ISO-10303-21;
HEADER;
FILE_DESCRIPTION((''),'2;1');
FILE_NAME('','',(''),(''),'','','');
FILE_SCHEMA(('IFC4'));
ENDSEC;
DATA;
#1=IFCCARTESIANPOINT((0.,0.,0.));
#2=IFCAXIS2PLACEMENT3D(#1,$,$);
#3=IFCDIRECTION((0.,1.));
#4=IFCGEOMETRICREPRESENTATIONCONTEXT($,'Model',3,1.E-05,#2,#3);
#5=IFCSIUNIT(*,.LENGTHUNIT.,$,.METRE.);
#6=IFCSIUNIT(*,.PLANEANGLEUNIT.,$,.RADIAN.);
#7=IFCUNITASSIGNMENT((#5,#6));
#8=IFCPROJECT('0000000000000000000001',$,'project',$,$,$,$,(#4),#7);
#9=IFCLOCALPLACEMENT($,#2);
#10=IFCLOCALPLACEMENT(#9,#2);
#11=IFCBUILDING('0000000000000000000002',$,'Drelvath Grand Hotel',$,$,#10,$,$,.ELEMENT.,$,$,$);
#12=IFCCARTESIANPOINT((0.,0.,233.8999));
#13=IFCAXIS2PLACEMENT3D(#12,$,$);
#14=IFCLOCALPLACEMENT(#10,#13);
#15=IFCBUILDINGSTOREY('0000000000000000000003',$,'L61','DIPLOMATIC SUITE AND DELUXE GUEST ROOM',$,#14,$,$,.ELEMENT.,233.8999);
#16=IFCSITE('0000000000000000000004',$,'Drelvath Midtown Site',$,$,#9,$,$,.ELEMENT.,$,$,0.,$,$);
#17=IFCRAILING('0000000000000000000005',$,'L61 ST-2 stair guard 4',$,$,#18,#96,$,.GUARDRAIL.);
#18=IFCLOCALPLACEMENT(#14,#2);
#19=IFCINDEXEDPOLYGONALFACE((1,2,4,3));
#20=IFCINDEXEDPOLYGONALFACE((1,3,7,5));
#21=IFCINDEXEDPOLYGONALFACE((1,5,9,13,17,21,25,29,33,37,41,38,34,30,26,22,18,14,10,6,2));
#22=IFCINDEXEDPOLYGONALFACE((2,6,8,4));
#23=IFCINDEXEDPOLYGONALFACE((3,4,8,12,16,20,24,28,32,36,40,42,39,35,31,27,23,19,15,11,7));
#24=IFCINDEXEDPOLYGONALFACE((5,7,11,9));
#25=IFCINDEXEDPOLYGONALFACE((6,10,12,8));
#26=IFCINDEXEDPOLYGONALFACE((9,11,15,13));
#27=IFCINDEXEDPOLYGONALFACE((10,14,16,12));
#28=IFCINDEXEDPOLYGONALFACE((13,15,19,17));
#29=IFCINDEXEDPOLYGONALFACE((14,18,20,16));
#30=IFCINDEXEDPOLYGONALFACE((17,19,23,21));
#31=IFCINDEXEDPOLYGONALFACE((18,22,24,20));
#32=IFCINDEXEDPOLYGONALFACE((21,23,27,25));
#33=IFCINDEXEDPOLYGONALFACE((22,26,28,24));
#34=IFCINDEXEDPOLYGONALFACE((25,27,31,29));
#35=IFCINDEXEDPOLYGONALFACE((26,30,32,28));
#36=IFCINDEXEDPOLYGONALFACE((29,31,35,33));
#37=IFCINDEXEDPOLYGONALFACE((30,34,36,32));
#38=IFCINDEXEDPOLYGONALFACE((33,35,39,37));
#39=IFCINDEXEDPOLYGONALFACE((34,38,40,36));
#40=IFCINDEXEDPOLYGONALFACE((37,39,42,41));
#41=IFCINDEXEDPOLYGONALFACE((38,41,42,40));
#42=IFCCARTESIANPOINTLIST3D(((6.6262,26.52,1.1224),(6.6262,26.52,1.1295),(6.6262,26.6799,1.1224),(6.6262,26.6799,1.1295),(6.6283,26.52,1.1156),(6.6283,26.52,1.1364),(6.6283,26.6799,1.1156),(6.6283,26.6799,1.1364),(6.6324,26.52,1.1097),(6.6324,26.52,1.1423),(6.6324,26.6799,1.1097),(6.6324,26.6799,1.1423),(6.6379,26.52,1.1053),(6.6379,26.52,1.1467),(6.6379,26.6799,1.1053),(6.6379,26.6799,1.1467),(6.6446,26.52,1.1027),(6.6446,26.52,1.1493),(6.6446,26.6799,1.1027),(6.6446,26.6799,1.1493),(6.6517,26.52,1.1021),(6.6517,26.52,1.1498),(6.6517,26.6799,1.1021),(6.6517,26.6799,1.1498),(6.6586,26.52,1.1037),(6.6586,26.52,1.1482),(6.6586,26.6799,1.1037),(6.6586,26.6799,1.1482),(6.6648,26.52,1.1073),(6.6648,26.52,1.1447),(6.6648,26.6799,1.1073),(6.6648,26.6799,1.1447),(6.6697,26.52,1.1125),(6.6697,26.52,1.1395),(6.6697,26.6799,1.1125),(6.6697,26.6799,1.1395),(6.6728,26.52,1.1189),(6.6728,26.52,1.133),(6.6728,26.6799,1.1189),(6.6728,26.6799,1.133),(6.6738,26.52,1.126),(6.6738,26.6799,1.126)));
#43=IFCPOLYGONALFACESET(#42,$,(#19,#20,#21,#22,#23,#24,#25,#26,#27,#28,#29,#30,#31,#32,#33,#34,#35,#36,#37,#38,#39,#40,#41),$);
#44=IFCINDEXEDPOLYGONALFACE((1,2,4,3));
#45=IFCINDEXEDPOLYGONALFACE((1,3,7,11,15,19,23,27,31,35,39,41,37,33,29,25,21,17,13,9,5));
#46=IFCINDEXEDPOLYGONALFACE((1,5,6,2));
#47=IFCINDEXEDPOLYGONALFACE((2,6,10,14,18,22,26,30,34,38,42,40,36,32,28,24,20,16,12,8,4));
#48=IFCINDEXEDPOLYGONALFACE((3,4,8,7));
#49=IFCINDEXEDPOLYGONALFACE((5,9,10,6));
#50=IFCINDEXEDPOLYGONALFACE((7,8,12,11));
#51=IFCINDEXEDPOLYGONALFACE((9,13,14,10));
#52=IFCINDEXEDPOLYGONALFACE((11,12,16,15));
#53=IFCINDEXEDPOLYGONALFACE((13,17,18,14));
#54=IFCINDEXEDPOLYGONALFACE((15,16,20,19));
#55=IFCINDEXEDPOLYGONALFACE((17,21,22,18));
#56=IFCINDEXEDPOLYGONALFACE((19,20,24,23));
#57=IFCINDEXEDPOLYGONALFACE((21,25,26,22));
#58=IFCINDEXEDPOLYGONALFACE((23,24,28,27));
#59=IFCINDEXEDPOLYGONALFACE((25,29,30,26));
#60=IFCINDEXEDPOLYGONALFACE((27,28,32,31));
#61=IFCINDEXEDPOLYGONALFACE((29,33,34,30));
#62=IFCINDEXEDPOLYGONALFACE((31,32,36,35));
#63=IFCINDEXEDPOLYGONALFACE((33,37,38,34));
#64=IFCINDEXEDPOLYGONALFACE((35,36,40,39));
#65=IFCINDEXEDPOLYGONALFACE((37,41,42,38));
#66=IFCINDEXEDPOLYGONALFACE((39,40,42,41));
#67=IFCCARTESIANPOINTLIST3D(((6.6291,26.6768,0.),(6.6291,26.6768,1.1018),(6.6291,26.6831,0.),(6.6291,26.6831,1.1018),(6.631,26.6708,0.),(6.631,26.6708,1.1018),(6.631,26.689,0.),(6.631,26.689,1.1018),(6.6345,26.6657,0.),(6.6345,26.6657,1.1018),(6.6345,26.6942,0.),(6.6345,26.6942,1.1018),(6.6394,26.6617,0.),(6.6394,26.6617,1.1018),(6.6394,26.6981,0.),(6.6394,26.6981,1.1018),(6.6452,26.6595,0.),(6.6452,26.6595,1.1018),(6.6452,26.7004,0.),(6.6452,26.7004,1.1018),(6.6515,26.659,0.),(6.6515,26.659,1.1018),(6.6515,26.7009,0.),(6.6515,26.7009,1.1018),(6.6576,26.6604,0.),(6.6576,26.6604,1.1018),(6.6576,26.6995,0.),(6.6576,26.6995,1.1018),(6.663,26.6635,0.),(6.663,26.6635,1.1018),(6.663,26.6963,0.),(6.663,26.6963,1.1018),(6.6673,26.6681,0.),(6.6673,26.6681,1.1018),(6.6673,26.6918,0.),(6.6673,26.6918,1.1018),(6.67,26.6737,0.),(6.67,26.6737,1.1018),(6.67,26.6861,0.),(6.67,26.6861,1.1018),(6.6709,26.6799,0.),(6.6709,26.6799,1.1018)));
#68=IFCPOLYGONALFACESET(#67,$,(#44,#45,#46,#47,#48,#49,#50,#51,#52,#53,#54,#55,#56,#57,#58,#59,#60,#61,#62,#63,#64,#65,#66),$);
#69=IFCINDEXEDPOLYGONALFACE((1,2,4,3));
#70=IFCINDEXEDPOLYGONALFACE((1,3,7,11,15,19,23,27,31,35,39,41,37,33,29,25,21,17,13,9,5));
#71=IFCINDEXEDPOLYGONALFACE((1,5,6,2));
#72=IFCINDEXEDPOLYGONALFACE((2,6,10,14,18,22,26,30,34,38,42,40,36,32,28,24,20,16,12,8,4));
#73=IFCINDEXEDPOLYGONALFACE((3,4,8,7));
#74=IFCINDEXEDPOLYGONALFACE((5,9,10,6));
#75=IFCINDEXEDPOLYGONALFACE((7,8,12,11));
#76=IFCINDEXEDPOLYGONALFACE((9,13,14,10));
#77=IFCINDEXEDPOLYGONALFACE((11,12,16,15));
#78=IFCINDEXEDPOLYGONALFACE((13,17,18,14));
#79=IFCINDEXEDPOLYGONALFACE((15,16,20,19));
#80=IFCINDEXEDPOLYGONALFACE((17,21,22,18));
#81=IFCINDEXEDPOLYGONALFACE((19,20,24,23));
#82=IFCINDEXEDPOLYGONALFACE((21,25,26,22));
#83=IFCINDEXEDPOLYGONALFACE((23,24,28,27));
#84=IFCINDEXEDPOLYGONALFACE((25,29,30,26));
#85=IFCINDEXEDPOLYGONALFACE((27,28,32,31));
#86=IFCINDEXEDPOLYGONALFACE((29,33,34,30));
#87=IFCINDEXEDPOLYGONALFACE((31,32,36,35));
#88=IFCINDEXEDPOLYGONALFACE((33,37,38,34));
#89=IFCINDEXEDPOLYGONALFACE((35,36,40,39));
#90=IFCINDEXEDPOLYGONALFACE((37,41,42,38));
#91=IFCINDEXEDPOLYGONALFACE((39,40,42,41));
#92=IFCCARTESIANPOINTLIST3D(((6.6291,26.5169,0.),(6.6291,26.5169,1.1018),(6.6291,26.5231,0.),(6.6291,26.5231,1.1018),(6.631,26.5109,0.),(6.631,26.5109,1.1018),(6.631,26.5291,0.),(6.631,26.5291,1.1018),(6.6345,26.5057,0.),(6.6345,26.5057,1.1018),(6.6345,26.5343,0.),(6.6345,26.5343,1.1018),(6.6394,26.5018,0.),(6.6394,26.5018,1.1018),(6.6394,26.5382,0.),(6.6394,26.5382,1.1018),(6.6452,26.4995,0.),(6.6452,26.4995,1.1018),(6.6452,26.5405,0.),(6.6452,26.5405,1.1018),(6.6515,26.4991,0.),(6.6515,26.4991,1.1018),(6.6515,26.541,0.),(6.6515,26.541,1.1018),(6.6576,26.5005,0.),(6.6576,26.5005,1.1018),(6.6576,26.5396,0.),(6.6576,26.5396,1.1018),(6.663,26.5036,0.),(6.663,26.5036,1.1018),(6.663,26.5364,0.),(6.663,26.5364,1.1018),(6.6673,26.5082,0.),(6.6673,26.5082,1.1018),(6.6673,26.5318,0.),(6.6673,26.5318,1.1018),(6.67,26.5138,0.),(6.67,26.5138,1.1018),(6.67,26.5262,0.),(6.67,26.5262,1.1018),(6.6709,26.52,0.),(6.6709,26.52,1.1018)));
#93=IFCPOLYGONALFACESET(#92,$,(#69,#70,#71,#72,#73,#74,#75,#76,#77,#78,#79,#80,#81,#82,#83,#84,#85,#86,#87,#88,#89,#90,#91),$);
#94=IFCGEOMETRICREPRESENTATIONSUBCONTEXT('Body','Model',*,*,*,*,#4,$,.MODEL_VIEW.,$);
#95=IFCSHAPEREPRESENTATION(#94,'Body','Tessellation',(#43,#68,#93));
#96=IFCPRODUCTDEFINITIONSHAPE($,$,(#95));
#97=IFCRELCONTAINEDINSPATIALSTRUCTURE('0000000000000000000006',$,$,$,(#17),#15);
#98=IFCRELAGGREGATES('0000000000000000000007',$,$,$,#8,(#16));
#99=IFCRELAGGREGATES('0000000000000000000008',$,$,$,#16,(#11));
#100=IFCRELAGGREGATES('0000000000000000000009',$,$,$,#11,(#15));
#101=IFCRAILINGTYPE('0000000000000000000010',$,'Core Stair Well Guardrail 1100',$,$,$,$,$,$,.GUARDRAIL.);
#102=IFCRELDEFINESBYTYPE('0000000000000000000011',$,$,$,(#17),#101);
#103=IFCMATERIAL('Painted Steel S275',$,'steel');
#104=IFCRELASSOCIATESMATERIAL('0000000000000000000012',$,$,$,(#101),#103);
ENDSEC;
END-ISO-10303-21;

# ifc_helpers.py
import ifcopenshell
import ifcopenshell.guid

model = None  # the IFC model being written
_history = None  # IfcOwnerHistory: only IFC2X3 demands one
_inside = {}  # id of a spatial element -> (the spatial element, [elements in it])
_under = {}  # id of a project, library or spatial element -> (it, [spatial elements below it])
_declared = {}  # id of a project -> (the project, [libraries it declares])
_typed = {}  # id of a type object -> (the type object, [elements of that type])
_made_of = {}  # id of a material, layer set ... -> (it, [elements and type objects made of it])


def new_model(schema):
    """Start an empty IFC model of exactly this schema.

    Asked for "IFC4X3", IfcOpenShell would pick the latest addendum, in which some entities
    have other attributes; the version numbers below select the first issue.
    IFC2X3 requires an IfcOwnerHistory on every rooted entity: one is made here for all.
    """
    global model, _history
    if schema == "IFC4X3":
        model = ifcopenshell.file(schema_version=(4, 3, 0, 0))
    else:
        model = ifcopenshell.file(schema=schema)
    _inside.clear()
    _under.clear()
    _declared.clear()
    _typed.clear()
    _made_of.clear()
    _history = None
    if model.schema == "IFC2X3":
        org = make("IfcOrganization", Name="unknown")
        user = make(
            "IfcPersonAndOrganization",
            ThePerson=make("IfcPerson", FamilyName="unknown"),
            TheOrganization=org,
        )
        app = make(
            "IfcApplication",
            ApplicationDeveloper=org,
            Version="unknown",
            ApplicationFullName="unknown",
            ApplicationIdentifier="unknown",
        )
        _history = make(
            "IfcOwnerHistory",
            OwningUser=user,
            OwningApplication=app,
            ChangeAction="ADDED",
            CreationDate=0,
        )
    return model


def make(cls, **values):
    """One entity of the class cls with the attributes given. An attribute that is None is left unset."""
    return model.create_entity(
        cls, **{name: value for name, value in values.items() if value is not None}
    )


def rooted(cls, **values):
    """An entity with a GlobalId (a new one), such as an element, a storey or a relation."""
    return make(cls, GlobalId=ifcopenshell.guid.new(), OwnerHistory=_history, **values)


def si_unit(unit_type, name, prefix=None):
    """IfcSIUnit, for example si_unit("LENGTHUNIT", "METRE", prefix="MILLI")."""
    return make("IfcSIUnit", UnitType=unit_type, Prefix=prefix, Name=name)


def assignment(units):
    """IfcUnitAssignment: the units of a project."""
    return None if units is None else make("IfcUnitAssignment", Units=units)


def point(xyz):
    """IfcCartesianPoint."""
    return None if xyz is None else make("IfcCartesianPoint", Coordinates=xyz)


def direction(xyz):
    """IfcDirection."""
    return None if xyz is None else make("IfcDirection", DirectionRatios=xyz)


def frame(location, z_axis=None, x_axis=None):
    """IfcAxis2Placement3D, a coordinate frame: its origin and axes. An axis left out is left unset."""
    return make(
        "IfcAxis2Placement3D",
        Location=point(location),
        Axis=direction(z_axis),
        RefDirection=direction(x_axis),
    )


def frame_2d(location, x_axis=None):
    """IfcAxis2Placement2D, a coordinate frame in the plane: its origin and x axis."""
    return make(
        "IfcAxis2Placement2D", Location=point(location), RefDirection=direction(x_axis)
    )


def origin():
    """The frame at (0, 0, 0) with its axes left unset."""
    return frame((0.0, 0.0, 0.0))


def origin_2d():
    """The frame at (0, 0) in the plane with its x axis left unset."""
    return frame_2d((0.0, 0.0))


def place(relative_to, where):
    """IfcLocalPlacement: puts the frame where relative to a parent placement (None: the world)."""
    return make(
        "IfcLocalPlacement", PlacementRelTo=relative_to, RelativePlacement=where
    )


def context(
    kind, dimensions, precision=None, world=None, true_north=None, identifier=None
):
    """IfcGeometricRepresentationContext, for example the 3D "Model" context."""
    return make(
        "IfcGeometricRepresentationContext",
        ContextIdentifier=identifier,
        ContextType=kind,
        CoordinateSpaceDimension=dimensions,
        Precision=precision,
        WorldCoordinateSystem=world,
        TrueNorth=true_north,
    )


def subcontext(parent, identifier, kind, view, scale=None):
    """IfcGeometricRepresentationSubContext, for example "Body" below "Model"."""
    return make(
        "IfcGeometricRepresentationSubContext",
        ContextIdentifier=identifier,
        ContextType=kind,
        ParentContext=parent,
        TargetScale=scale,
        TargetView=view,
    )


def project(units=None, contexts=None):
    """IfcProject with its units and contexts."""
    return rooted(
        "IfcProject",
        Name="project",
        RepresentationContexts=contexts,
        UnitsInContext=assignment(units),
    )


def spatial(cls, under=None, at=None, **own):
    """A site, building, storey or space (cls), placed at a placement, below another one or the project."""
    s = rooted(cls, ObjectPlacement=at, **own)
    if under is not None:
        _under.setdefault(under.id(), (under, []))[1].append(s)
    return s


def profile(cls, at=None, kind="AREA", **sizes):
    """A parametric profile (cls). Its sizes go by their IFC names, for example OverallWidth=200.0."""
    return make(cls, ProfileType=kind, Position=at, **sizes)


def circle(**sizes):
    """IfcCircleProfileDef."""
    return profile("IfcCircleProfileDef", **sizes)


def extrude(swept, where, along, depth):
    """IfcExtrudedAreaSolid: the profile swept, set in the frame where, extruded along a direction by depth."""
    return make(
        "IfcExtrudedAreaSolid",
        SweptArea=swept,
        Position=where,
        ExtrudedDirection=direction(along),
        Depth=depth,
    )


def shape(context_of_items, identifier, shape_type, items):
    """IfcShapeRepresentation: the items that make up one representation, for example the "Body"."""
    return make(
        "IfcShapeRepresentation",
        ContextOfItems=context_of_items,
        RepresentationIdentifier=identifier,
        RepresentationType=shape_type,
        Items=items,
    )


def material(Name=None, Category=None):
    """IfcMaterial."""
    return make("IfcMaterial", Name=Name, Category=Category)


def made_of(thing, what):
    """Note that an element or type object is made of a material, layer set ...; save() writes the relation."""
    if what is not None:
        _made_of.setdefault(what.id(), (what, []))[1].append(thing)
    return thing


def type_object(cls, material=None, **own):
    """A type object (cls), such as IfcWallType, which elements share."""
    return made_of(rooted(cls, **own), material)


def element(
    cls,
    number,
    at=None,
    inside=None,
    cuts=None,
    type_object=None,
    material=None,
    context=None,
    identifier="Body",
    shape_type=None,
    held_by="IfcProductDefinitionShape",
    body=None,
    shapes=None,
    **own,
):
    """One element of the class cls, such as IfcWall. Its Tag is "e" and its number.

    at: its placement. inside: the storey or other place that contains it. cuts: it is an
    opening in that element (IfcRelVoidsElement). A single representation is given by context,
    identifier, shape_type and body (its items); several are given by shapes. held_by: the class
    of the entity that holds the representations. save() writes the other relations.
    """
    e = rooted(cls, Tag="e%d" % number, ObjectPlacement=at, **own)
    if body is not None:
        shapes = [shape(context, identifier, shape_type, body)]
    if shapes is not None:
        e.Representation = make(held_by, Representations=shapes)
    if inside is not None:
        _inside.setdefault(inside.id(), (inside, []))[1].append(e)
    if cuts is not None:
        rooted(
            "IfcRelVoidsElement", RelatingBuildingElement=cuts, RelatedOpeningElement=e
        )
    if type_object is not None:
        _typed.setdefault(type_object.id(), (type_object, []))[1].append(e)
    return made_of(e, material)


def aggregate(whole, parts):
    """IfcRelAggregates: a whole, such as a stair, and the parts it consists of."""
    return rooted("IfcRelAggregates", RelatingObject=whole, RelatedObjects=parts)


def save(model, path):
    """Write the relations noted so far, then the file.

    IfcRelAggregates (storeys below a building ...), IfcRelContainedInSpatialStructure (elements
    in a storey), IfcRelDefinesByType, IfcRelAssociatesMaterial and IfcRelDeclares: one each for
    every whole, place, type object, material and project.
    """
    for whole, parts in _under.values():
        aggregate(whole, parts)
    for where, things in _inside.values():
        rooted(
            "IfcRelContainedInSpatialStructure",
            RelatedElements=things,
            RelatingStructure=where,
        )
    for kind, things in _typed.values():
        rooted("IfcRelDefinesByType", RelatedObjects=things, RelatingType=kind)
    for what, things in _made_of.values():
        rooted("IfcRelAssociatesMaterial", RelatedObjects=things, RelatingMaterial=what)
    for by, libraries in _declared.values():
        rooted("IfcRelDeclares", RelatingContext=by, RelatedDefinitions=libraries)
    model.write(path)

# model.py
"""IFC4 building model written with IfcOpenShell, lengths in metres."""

from ifc_helpers import new_model, si_unit, direction, frame, origin, origin_2d, place, context, subcontext, project, spatial, circle, extrude, material, type_object, element, save


model = new_model("IFC4")

# Units and contexts
model_context = context("Model", 3, precision=1e-05, world=origin(), true_north=direction((0.0, 1.0)))
body_context = subcontext(model_context, "Body", "Model", "MODEL_VIEW")
ifc_project = project(units=[si_unit("LENGTHUNIT", "METRE"), si_unit("PLANEANGLEUNIT", "RADIAN")], contexts=[model_context])

# Site, building, storey
site_placement = place(None, origin())
site = spatial("IfcSite", under=ifc_project, at=site_placement, Name="Drelvath Midtown Site", CompositionType="ELEMENT", RefElevation=0.0)
building_placement = place(site_placement, origin())
building = spatial("IfcBuilding", under=site, at=building_placement, Name="Drelvath Grand Hotel", CompositionType="ELEMENT")
storey_placement = place(building_placement, frame((0.0, 0.0, 233.8999)))
storey = spatial("IfcBuildingStorey", under=building, at=storey_placement, Name="L61", Description="DIPLOMATIC SUITE AND DELUXE GUEST ROOM", CompositionType="ELEMENT", Elevation=233.8999)

# Railing
ifc_material_1 = material(Name="Painted Steel S275", Category="steel")
railing_type_1 = type_object("IfcRailingType", Name="Core Stair Well Guardrail 1100", PredefinedType="GUARDRAIL", material=ifc_material_1)
railing_1_placement = place(storey_placement, frame((6.6499, 26.6799, 0.0)))
element("IfcRailing", 1, at=railing_1_placement, inside=storey, type_object=railing_type_1, Name="L61 ST-2 stair guard 4", PredefinedType="GUARDRAIL", context=body_context, shape_type="SweptSolid", body=[
    extrude(circle(Radius=0.0239, at=origin_2d()), frame((0.0, 0.0, 1.126), z_axis=(0.0, -1.0, 0.0), x_axis=(1.0, 0.0, 0.0)), (0.0, 0.0, 1.0), 0.1599),
    extrude(circle(Radius=0.021, at=origin_2d()), origin(), (0.0, 0.0, 1.0), 1.1018),
    extrude(circle(Radius=0.021, at=origin_2d()), frame((0.0, -0.1599, 0.0)), (0.0, 0.0, 1.0), 1.1018),
])

save(model, "model.ifc")
